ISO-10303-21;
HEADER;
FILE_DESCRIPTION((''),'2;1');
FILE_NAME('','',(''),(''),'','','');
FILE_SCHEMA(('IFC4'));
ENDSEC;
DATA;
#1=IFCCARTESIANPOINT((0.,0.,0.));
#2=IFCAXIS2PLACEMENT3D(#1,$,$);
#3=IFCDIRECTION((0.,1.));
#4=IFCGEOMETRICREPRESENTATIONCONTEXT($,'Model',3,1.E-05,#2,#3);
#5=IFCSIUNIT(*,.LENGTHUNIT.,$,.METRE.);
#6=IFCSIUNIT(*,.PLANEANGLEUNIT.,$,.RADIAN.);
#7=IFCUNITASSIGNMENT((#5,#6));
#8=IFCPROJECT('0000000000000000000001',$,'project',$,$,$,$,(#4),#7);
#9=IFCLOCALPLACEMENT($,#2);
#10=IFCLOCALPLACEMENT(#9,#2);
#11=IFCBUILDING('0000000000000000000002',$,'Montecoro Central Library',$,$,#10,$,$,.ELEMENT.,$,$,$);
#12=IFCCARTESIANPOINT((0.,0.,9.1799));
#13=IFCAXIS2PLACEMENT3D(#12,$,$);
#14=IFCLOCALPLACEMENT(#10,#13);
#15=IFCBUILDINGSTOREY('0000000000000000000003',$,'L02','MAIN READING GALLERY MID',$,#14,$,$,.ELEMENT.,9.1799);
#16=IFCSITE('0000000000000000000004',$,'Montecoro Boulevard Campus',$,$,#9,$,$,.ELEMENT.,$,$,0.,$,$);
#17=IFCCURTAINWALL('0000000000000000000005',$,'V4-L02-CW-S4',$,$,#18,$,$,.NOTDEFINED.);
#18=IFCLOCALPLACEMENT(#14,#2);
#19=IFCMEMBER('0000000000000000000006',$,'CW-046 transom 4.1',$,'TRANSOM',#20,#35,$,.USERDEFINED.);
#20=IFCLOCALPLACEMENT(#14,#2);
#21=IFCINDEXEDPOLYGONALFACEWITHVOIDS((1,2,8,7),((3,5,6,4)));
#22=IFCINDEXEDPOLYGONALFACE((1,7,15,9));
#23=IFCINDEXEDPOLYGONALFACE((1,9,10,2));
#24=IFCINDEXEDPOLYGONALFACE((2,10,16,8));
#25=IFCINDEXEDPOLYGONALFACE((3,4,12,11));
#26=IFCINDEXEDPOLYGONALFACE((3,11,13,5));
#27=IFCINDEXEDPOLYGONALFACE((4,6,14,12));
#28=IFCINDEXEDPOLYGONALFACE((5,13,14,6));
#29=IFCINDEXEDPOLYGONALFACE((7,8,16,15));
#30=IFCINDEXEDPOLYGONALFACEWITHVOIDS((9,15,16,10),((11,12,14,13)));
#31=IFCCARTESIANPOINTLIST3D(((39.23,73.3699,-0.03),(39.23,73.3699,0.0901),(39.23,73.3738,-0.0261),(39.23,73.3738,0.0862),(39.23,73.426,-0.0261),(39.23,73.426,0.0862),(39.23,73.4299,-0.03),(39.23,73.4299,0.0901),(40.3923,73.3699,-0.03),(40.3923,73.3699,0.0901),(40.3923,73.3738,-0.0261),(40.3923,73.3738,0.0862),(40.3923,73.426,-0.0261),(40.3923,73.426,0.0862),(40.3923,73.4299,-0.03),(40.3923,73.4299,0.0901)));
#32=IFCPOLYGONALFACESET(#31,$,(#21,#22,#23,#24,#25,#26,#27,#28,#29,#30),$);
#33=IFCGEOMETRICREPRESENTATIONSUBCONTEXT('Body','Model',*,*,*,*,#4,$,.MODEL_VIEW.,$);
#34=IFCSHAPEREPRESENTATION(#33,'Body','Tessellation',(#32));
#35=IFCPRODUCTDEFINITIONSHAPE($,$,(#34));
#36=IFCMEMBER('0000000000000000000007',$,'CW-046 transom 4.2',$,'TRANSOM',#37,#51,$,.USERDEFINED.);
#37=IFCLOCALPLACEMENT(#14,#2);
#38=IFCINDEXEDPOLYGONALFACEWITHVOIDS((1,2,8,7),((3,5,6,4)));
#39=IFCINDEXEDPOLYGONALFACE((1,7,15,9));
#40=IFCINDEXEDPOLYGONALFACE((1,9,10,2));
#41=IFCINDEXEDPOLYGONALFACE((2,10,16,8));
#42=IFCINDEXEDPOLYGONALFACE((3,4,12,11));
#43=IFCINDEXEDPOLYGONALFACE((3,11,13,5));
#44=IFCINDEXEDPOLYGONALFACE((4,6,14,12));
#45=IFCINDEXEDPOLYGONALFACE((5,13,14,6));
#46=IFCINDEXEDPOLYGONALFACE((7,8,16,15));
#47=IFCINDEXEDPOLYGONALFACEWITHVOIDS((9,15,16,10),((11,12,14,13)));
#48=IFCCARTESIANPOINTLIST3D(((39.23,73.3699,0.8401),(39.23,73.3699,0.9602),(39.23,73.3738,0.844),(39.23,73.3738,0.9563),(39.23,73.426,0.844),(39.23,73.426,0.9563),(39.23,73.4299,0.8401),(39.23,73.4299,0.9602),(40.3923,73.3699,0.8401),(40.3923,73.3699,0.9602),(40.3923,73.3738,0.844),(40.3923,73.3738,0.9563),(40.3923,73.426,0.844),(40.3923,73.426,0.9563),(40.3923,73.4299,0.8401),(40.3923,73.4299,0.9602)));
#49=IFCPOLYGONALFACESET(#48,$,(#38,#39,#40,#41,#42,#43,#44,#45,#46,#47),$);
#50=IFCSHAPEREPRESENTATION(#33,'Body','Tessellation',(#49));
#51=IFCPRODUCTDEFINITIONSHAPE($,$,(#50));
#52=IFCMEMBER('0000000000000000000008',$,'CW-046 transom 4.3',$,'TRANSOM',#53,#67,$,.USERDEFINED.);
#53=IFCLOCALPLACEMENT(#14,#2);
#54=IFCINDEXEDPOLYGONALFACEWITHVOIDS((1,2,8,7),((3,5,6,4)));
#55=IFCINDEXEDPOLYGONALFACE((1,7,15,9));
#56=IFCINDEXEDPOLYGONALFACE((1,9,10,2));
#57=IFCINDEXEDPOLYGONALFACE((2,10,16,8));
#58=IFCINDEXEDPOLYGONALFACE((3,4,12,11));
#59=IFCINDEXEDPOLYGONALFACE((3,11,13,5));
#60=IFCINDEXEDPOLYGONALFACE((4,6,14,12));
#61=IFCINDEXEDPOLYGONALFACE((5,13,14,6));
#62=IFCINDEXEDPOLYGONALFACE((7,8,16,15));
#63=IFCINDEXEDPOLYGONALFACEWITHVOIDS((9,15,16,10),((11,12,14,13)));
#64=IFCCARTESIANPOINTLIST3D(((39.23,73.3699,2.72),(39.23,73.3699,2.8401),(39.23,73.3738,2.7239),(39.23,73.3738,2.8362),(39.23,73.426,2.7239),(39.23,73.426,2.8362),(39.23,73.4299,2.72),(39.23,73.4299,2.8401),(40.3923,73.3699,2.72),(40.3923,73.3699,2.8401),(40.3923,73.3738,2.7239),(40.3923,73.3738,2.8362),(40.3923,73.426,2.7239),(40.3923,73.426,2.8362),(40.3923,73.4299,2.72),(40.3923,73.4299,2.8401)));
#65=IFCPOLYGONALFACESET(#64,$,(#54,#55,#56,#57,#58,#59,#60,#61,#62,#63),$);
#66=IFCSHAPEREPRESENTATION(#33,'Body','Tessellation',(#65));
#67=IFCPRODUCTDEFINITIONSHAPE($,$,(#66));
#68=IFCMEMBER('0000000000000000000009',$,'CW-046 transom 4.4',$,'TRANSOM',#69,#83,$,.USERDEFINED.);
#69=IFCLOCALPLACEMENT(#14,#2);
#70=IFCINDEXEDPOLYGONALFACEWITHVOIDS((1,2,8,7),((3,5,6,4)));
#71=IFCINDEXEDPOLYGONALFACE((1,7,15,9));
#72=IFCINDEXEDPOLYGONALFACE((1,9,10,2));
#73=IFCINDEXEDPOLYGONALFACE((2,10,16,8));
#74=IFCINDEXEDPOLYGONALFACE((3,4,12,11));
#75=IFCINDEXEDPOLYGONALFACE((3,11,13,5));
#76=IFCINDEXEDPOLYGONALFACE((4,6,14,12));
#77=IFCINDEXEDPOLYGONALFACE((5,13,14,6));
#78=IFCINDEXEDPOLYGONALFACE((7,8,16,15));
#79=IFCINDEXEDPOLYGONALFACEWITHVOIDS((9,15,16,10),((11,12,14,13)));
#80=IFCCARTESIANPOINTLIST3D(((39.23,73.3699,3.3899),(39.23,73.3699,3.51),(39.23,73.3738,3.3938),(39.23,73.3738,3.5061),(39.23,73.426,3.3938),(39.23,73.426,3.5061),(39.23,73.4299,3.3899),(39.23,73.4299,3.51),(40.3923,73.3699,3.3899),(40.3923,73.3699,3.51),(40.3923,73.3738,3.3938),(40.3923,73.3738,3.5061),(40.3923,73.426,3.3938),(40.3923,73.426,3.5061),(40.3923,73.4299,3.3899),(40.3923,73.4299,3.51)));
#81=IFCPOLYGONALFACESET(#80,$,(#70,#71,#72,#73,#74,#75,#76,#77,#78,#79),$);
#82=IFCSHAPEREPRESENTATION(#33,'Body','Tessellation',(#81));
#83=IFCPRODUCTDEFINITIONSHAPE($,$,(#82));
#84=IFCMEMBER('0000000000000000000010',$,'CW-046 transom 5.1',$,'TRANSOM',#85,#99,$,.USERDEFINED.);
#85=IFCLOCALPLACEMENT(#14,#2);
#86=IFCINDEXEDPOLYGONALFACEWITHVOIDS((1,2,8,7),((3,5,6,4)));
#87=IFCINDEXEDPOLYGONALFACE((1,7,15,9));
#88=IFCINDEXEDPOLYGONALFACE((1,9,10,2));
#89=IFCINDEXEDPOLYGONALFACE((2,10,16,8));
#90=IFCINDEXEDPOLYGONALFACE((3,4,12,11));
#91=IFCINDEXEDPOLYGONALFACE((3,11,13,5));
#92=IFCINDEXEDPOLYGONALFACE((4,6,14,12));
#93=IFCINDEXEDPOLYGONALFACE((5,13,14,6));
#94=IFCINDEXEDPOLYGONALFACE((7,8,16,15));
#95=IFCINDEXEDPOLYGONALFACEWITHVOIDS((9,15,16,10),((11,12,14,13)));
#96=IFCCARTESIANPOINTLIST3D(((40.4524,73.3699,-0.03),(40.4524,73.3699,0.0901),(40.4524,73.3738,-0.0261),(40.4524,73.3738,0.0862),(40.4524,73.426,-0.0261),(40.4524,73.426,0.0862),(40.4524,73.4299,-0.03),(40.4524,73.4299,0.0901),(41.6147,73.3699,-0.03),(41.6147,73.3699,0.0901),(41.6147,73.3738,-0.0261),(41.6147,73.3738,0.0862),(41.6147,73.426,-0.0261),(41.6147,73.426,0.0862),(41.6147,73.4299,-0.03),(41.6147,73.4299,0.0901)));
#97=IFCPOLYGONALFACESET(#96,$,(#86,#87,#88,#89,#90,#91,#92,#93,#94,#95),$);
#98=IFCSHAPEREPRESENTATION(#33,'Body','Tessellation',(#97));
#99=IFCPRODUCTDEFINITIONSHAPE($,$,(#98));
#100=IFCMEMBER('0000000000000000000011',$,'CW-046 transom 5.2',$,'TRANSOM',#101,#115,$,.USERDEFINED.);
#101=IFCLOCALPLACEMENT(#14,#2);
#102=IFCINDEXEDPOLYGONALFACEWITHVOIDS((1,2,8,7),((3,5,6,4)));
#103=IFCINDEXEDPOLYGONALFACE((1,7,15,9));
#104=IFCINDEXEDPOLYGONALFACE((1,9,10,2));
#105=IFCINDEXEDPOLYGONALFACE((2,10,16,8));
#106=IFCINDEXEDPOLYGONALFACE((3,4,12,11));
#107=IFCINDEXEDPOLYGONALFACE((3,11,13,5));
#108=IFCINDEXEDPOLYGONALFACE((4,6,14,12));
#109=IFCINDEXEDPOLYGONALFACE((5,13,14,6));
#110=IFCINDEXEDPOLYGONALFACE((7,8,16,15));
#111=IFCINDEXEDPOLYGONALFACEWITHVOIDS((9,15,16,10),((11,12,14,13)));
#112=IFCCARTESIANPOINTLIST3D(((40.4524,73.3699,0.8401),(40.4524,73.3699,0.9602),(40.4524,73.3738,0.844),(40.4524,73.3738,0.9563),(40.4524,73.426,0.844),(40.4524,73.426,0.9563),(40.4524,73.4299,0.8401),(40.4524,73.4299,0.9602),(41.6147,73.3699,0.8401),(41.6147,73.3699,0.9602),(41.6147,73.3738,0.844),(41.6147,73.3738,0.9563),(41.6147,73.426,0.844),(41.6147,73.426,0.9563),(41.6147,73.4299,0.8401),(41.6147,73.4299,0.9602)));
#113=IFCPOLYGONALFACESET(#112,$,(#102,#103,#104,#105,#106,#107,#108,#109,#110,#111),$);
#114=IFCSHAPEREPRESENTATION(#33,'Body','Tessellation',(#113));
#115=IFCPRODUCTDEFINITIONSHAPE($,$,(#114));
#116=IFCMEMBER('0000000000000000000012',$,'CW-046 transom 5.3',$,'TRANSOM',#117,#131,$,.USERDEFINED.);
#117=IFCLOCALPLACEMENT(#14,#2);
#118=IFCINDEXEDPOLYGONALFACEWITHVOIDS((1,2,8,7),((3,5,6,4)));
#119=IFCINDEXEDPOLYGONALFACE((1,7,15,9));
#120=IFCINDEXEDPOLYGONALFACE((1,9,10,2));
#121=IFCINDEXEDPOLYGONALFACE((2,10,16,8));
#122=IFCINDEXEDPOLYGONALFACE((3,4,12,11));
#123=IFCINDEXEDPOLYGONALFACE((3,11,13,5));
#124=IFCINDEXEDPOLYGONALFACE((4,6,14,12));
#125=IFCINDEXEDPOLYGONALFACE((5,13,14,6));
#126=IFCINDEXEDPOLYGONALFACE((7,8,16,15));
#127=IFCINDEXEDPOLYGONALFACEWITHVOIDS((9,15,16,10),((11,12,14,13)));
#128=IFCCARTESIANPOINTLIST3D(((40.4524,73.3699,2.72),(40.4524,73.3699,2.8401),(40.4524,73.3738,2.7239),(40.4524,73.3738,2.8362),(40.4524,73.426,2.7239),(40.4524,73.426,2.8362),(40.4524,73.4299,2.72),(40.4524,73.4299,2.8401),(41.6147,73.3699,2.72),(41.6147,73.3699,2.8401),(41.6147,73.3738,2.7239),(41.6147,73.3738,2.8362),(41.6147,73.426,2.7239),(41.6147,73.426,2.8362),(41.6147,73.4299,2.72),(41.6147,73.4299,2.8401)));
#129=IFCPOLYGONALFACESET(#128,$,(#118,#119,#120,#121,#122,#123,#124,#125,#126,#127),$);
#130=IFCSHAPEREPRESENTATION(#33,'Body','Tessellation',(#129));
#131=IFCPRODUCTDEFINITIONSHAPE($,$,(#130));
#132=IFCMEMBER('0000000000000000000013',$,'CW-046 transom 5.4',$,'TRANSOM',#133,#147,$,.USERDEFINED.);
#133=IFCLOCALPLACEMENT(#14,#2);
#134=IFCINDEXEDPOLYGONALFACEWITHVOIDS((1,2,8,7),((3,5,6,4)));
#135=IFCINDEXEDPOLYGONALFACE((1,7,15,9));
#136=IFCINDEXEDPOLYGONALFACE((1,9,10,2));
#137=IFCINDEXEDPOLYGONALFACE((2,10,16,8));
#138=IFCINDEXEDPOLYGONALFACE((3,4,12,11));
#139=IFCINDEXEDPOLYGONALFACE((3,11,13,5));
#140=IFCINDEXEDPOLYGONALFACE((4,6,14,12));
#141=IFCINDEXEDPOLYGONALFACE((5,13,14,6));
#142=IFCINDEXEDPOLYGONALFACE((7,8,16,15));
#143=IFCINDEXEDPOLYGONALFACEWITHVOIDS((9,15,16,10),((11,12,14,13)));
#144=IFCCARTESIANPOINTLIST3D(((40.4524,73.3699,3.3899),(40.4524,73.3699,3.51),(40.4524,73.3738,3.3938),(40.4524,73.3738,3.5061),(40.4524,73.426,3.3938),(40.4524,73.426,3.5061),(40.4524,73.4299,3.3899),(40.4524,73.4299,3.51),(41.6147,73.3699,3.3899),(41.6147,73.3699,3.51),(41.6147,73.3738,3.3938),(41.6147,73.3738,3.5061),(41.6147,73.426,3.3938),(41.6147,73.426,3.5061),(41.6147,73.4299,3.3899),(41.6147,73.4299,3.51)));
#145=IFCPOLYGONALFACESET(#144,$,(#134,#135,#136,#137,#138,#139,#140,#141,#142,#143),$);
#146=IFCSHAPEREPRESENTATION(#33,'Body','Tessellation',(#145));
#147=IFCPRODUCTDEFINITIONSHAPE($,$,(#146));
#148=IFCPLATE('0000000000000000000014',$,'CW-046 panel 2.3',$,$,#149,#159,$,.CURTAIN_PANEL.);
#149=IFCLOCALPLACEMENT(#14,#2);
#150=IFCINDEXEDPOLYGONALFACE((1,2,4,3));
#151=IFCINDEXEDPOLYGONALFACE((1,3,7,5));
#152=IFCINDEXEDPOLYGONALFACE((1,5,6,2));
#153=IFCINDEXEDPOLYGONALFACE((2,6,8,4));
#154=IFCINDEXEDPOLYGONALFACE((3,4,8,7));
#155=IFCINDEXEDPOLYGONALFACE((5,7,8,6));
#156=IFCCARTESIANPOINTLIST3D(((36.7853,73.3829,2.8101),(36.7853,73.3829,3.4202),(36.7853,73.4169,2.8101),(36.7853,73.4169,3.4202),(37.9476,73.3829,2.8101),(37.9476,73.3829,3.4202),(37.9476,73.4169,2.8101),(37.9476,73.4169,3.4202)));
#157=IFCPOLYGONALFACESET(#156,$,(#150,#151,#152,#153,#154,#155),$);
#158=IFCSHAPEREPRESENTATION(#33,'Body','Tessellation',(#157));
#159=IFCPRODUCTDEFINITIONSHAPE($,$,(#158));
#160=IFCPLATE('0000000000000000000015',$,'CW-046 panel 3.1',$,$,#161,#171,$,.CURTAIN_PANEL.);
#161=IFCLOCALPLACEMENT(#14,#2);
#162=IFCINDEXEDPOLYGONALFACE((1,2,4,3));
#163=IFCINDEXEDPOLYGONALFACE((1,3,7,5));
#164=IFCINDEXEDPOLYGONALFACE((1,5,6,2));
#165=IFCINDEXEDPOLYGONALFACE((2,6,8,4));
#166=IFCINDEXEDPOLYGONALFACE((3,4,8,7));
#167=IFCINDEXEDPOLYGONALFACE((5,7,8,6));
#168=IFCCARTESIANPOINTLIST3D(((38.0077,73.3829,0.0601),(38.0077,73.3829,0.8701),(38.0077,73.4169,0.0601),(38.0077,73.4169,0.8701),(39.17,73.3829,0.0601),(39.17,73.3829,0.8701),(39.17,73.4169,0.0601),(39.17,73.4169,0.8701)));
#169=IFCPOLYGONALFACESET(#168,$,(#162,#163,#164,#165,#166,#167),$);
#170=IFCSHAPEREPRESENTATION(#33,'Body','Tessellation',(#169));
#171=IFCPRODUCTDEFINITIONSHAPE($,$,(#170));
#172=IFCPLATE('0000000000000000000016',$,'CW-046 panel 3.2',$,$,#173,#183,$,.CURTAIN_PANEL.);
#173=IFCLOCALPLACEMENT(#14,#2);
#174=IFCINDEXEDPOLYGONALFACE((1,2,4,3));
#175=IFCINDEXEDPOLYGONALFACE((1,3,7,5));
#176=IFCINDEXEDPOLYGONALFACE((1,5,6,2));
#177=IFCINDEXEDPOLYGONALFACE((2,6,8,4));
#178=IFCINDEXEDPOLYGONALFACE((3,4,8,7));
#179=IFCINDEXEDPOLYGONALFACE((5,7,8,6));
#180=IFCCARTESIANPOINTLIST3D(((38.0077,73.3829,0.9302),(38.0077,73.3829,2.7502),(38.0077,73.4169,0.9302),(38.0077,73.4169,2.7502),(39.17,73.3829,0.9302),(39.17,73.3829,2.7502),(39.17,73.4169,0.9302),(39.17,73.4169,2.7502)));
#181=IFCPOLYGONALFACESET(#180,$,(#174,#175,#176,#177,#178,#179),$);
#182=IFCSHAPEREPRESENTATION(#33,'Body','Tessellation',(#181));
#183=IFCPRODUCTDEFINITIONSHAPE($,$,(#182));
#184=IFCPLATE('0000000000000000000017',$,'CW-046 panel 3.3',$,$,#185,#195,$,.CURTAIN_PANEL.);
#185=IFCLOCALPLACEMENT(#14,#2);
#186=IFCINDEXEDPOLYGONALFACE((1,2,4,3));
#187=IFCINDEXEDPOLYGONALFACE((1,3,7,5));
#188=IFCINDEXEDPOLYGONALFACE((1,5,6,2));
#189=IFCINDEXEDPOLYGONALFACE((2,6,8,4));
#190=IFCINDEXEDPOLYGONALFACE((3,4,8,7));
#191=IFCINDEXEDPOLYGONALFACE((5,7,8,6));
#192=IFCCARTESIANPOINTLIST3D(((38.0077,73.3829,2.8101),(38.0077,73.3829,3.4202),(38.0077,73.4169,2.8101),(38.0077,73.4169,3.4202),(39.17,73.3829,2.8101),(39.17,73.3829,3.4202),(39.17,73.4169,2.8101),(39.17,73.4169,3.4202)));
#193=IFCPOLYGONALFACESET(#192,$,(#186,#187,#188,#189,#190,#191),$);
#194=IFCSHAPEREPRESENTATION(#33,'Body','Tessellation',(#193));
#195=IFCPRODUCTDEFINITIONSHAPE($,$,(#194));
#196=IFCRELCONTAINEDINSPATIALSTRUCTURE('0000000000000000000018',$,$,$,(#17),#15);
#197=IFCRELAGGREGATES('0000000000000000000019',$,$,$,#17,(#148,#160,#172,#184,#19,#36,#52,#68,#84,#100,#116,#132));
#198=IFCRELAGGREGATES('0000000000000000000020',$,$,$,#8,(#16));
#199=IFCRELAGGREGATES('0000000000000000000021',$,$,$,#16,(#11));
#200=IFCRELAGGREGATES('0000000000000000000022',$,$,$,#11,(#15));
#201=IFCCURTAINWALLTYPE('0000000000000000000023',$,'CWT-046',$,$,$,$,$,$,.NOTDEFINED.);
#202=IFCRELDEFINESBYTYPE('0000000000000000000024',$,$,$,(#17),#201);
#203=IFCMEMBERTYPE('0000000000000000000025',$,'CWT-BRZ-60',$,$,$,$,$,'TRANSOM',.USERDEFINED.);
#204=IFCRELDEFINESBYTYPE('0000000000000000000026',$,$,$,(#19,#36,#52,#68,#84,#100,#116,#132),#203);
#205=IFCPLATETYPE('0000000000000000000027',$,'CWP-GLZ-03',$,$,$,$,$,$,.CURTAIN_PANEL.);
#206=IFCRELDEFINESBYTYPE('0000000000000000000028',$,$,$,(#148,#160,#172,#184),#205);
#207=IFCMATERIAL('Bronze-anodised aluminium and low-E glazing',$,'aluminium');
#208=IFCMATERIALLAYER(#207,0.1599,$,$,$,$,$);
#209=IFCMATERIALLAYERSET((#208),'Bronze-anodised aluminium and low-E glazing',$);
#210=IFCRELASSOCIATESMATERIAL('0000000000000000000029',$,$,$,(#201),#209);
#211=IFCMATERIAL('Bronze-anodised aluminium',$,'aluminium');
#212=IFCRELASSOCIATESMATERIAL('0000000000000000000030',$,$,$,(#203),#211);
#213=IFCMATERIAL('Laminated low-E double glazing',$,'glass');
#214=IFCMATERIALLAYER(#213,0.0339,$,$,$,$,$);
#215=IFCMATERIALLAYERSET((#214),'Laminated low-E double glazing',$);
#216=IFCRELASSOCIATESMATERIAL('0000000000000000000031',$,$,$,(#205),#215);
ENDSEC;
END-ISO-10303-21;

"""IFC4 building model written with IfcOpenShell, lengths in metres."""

from ifc_helpers import new_model, si_unit, direction, frame, origin, origin_2d, place, context, subcontext, project, spatial, rectangle, hollow_rectangle, extrude, material, layer, layer_set, material_profile, profile_set, type_object, element, aggregate, save


model = new_model("IFC4")

# Units and contexts
model_context = context("Model", 3, precision=1e-05, world=origin(), true_north=direction((0.0, 1.0)))
body_context = subcontext(model_context, "Body", "Model", "MODEL_VIEW")
ifc_project = project(units=[si_unit("LENGTHUNIT", "METRE"), si_unit("PLANEANGLEUNIT", "RADIAN")], contexts=[model_context])

# Site, building, storey
site_placement = place(None, origin())
site = spatial("IfcSite", under=ifc_project, at=site_placement, Name="Montecoro Boulevard Campus", CompositionType="ELEMENT", RefElevation=0.0)
building_placement = place(site_placement, origin())
building = spatial("IfcBuilding", under=site, at=building_placement, Name="Montecoro Central Library", CompositionType="ELEMENT")
storey_placement = place(building_placement, frame((0.0, 0.0, 9.1799)))
storey = spatial("IfcBuildingStorey", under=building, at=storey_placement, Name="L02", Description="MAIN READING GALLERY MID", CompositionType="ELEMENT", Elevation=9.1799)

# Curtain wall, members, plates
ifc_material_1 = material(Name="Bronze-anodised aluminium and low-E glazing", Category="aluminium")
ifc_layer_1 = layer(ifc_material_1, 0.1599)
ifc_layer_set_1 = layer_set([ifc_layer_1], Name="Bronze-anodised aluminium and low-E glazing")
curtain_wall_type = type_object("IfcCurtainWallType", Name="CWT-046", PredefinedType="NOTDEFINED", material=ifc_layer_set_1)
curtain_wall_placement = place(storey_placement, origin())
curtain_wall = element("IfcCurtainWall", 1, at=curtain_wall_placement, inside=storey, type_object=curtain_wall_type, Name="V4-L02-CW-S4", PredefinedType="NOTDEFINED")
ifc_material_2 = material(Name="Bronze-anodised aluminium", Category="aluminium")
ifc_material_profile_1 = material_profile(ifc_material_2, hollow_rectangle(XDim=0.0601, YDim=0.1201, WallThickness=0.0039, at=origin_2d()), Name="CWT 120x60x4.0")
ifc_profile_set_1 = profile_set([ifc_material_profile_1], Name="Bronze-anodised aluminium")
member_type_1 = type_object("IfcMemberType", Name="CWT-BRZ-60", ElementType="TRANSOM", PredefinedType="USERDEFINED", material=ifc_profile_set_1)
member_1_placement = place(storey_placement, frame((39.23, 73.3999, 0.03), z_axis=(1.0, 0.0, 0.0), x_axis=(0.0, 1.0, 0.0)))
member_1 = element("IfcMember", 2, at=member_1_placement, type_object=member_type_1, Name="CW-046 transom 4.1", ObjectType="TRANSOM", PredefinedType="USERDEFINED", context=body_context, shape_type="SweptSolid", body=[
    extrude(hollow_rectangle(XDim=0.0601, YDim=0.1201, WallThickness=0.0039, at=origin_2d()), origin(), (0.0, 0.0, 1.0), 1.1624),
])
member_2_placement = place(storey_placement, frame((39.23, 73.3999, 0.9001), z_axis=(1.0, 0.0, 0.0), x_axis=(0.0, 1.0, 0.0)))
member_2 = element("IfcMember", 3, at=member_2_placement, type_object=member_type_1, Name="CW-046 transom 4.2", ObjectType="TRANSOM", PredefinedType="USERDEFINED", context=body_context, shape_type="SweptSolid", body=[
    extrude(hollow_rectangle(XDim=0.0601, YDim=0.1201, WallThickness=0.0039, at=origin_2d()), origin(), (0.0, 0.0, 1.0), 1.1624),
])
member_3_placement = place(storey_placement, frame((39.23, 73.3999, 2.78), z_axis=(1.0, 0.0, 0.0), x_axis=(0.0, 1.0, 0.0)))
member_3 = element("IfcMember", 4, at=member_3_placement, type_object=member_type_1, Name="CW-046 transom 4.3", ObjectType="TRANSOM", PredefinedType="USERDEFINED", context=body_context, shape_type="SweptSolid", body=[
    extrude(hollow_rectangle(XDim=0.0601, YDim=0.1201, WallThickness=0.0039, at=origin_2d()), origin(), (0.0, 0.0, 1.0), 1.1624),
])
member_4_placement = place(storey_placement, frame((39.23, 73.3999, 3.45), z_axis=(1.0, 0.0, 0.0), x_axis=(0.0, 1.0, 0.0)))
member_4 = element("IfcMember", 5, at=member_4_placement, type_object=member_type_1, Name="CW-046 transom 4.4", ObjectType="TRANSOM", PredefinedType="USERDEFINED", context=body_context, shape_type="SweptSolid", body=[
    extrude(hollow_rectangle(XDim=0.0601, YDim=0.1201, WallThickness=0.0039, at=origin_2d()), origin(), (0.0, 0.0, 1.0), 1.1624),
])
member_5_placement = place(storey_placement, frame((40.4524, 73.3999, 0.03), z_axis=(1.0, 0.0, 0.0), x_axis=(0.0, 1.0, 0.0)))
member_5 = element("IfcMember", 6, at=member_5_placement, type_object=member_type_1, Name="CW-046 transom 5.1", ObjectType="TRANSOM", PredefinedType="USERDEFINED", context=body_context, shape_type="SweptSolid", body=[
    extrude(hollow_rectangle(XDim=0.0601, YDim=0.1201, WallThickness=0.0039, at=origin_2d()), origin(), (0.0, 0.0, 1.0), 1.1624),
])
member_6_placement = place(storey_placement, frame((40.4524, 73.3999, 0.9001), z_axis=(1.0, 0.0, 0.0), x_axis=(0.0, 1.0, 0.0)))
member_6 = element("IfcMember", 7, at=member_6_placement, type_object=member_type_1, Name="CW-046 transom 5.2", ObjectType="TRANSOM", PredefinedType="USERDEFINED", context=body_context, shape_type="SweptSolid", body=[
    extrude(hollow_rectangle(XDim=0.0601, YDim=0.1201, WallThickness=0.0039, at=origin_2d()), origin(), (0.0, 0.0, 1.0), 1.1624),
])
member_7_placement = place(storey_placement, frame((40.4524, 73.3999, 2.78), z_axis=(1.0, 0.0, 0.0), x_axis=(0.0, 1.0, 0.0)))
member_7 = element("IfcMember", 8, at=member_7_placement, type_object=member_type_1, Name="CW-046 transom 5.3", ObjectType="TRANSOM", PredefinedType="USERDEFINED", context=body_context, shape_type="SweptSolid", body=[
    extrude(hollow_rectangle(XDim=0.0601, YDim=0.1201, WallThickness=0.0039, at=origin_2d()), origin(), (0.0, 0.0, 1.0), 1.1624),
])
member_8_placement = place(storey_placement, frame((40.4524, 73.3999, 3.45), z_axis=(1.0, 0.0, 0.0), x_axis=(0.0, 1.0, 0.0)))
member_8 = element("IfcMember", 9, at=member_8_placement, type_object=member_type_1, Name="CW-046 transom 5.4", ObjectType="TRANSOM", PredefinedType="USERDEFINED", context=body_context, shape_type="SweptSolid", body=[
    extrude(hollow_rectangle(XDim=0.0601, YDim=0.1201, WallThickness=0.0039, at=origin_2d()), origin(), (0.0, 0.0, 1.0), 1.1624),
])
ifc_material_3 = material(Name="Laminated low-E double glazing", Category="glass")
ifc_layer_2 = layer(ifc_material_3, 0.0339)
ifc_layer_set_2 = layer_set([ifc_layer_2], Name="Laminated low-E double glazing")
plate_type = type_object("IfcPlateType", Name="CWP-GLZ-03", PredefinedType="CURTAIN_PANEL", material=ifc_layer_set_2)
plate_1_placement = place(storey_placement, frame((37.3665, 73.3999, 2.8101), z_axis=(0.0, 0.0, 1.0), x_axis=(1.0, 0.0, 0.0)))
plate_1 = element("IfcPlate", 10, at=plate_1_placement, type_object=plate_type, Name="CW-046 panel 2.3", PredefinedType="CURTAIN_PANEL", context=body_context, shape_type="SweptSolid", body=[
    extrude(rectangle(XDim=1.1624, YDim=0.0339, at=origin_2d()), origin(), (0.0, 0.0, 1.0), 0.6101),
])
plate_2_placement = place(storey_placement, frame((38.5889, 73.3999, 0.0601), z_axis=(0.0, 0.0, 1.0), x_axis=(1.0, 0.0, 0.0)))
plate_2 = element("IfcPlate", 11, at=plate_2_placement, type_object=plate_type, Name="CW-046 panel 3.1", PredefinedType="CURTAIN_PANEL", context=body_context, shape_type="SweptSolid", body=[
    extrude(rectangle(XDim=1.1624, YDim=0.0339, at=origin_2d()), origin(), (0.0, 0.0, 1.0), 0.8101),
])
plate_3_placement = place(storey_placement, frame((38.5889, 73.3999, 0.9302), z_axis=(0.0, 0.0, 1.0), x_axis=(1.0, 0.0, 0.0)))
plate_3 = element("IfcPlate", 12, at=plate_3_placement, type_object=plate_type, Name="CW-046 panel 3.2", PredefinedType="CURTAIN_PANEL", context=body_context, shape_type="SweptSolid", body=[
    extrude(rectangle(XDim=1.1624, YDim=0.0339, at=origin_2d()), origin(), (0.0, 0.0, 1.0), 1.8201),
])
plate_4_placement = place(storey_placement, frame((38.5889, 73.3999, 2.8101), z_axis=(0.0, 0.0, 1.0), x_axis=(1.0, 0.0, 0.0)))
plate_4 = element("IfcPlate", 13, at=plate_4_placement, type_object=plate_type, Name="CW-046 panel 3.3", PredefinedType="CURTAIN_PANEL", context=body_context, shape_type="SweptSolid", body=[
    extrude(rectangle(XDim=1.1624, YDim=0.0339, at=origin_2d()), origin(), (0.0, 0.0, 1.0), 0.6101),
])
aggregate(curtain_wall, [plate_1, plate_2, plate_3, plate_4, member_1, member_2, member_3, member_4, member_5, member_6, member_7, member_8])

save(model, "model.ifc")
